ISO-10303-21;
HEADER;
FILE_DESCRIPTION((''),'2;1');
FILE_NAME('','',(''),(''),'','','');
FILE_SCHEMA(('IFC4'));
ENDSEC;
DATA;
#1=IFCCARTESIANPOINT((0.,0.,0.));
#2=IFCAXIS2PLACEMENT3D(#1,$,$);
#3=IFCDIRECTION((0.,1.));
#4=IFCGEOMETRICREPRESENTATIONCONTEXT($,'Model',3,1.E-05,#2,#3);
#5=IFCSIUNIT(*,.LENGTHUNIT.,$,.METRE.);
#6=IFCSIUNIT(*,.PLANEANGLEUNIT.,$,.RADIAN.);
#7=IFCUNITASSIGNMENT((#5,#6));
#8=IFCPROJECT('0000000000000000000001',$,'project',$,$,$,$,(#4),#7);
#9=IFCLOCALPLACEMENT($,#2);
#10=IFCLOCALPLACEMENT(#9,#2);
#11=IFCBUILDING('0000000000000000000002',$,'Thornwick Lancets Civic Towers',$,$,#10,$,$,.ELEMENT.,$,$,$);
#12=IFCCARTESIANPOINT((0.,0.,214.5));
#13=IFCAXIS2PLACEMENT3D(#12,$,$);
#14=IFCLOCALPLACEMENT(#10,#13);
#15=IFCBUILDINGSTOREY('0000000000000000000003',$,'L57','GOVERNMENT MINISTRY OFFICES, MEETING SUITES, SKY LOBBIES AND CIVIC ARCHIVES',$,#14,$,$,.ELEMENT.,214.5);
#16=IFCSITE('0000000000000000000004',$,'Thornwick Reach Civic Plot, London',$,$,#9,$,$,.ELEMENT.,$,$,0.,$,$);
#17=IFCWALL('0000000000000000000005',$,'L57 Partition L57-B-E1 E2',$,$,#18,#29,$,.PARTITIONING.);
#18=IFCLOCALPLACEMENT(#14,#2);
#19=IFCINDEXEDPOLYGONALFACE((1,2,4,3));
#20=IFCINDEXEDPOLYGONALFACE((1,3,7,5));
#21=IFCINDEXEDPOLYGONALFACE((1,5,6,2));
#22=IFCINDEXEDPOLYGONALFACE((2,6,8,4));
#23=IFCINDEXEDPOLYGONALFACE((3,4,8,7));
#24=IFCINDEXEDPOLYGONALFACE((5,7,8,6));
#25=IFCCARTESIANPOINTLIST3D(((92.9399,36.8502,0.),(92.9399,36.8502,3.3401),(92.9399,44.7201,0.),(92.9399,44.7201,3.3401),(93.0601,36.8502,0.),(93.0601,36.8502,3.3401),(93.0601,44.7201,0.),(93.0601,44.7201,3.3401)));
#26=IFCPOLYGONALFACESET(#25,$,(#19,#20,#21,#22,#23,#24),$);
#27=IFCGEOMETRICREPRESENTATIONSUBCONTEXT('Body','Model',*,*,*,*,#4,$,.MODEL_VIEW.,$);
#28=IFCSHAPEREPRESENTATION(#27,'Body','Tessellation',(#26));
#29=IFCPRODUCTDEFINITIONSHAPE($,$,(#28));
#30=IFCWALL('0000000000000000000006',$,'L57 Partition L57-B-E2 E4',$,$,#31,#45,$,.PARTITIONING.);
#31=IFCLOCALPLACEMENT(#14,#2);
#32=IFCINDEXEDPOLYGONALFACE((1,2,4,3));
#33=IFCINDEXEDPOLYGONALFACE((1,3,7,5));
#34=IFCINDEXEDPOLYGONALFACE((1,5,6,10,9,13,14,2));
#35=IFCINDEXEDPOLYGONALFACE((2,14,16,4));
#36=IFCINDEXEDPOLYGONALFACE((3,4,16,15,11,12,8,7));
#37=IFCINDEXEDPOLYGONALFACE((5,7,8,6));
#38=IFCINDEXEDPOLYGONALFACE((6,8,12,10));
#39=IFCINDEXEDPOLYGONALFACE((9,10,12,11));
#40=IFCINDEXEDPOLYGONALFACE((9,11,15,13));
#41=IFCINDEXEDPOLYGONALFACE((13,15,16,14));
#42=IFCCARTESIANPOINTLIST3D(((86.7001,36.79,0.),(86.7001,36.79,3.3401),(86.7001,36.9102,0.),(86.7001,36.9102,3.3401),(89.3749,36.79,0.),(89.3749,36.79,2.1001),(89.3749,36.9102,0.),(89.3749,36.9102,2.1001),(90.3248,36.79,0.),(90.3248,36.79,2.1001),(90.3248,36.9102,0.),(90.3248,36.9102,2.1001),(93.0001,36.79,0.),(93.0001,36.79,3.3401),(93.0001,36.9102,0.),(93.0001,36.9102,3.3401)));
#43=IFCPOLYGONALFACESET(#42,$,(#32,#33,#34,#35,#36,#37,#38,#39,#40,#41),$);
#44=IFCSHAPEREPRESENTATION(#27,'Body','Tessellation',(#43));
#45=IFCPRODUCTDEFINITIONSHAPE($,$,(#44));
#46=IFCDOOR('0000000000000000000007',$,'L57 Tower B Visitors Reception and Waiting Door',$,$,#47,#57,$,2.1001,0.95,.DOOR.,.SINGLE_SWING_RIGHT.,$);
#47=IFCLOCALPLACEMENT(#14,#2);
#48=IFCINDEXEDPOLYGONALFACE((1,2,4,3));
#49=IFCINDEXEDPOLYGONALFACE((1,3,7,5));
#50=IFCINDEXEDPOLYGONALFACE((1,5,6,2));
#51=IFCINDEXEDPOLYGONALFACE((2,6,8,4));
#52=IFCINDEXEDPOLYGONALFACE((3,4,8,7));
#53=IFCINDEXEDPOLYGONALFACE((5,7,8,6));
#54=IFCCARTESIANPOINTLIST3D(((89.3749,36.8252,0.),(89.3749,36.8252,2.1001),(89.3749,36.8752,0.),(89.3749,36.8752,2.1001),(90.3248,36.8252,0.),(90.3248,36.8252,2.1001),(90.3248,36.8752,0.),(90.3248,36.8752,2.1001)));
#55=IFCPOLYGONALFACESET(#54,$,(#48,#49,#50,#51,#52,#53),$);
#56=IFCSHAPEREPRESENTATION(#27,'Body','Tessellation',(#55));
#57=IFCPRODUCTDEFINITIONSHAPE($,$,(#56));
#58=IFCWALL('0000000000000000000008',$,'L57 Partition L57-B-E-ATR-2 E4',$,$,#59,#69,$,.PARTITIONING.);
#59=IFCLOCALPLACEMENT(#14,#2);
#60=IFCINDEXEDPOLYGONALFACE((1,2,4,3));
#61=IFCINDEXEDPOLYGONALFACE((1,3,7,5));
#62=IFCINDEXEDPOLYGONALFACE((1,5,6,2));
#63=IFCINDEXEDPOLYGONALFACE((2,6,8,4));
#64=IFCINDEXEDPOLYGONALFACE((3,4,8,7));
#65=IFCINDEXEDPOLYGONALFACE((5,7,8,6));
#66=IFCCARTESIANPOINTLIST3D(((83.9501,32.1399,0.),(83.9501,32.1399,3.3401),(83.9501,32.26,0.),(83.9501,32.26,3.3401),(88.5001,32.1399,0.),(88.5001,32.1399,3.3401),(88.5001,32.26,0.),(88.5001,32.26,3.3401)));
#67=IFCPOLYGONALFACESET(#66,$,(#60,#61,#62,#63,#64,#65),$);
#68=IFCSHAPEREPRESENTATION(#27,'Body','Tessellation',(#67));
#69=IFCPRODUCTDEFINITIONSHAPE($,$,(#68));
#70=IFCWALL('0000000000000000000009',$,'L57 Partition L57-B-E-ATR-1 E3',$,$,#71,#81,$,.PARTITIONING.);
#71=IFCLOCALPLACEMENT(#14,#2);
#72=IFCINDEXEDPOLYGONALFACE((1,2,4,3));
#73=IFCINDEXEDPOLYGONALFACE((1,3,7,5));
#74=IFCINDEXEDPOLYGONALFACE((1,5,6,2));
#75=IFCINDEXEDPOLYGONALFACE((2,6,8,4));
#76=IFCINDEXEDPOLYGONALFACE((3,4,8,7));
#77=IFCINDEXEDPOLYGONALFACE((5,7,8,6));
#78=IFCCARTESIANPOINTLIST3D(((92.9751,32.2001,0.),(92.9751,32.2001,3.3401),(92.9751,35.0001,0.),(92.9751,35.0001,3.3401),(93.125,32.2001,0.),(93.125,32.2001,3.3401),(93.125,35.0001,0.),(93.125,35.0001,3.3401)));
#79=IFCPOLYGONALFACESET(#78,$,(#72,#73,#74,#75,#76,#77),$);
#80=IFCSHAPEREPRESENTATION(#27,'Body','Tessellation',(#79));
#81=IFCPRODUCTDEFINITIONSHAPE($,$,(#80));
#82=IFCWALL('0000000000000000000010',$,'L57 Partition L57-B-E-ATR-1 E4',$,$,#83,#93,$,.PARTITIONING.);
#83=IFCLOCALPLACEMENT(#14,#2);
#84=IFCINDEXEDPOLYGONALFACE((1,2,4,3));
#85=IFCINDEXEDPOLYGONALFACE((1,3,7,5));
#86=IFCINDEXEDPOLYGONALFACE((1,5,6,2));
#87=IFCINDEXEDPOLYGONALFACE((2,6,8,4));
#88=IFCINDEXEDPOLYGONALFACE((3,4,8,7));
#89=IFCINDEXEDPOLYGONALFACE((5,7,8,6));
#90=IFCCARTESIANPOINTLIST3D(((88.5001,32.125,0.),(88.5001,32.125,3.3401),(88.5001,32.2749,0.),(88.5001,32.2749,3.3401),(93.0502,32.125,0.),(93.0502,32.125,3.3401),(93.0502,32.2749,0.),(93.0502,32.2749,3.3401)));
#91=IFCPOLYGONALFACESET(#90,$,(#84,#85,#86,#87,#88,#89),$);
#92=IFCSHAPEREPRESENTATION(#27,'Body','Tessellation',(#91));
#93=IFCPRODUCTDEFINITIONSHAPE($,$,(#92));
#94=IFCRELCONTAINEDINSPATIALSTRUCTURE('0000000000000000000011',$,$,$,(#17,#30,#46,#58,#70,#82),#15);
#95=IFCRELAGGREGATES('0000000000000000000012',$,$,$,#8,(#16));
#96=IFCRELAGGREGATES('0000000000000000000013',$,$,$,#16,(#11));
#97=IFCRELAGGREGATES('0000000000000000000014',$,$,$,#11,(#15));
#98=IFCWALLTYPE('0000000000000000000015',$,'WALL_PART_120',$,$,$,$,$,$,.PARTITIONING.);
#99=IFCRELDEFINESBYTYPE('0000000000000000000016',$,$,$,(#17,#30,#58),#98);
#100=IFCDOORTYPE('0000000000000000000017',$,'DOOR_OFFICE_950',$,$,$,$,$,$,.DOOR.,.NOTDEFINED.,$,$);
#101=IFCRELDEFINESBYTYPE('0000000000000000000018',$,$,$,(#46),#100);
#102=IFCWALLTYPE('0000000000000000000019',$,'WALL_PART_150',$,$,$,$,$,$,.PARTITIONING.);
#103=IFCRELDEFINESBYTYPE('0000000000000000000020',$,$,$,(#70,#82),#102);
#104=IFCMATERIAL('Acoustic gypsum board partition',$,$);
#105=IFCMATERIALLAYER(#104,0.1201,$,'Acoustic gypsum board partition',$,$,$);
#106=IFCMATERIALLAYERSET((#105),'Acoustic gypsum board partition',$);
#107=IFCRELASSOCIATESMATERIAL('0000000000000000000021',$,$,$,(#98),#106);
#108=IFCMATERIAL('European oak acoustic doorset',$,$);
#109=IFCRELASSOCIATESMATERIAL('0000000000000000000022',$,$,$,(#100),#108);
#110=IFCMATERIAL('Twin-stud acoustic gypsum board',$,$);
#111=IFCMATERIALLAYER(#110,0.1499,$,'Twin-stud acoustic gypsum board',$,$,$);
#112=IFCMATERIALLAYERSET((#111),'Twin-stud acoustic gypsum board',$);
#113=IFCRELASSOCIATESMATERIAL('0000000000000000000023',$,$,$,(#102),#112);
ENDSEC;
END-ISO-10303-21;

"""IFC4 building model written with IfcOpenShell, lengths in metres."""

from ifc_helpers import new_model, si_unit, direction, frame, frame_2d, origin, place, context, subcontext, project, spatial, rectangle, extrude, material, layer, layer_set, type_object, element, fill, save


model = new_model("IFC4")

# Units and contexts
model_context = context("Model", 3, precision=1e-05, world=origin(), true_north=direction((0.0, 1.0)))
body_context = subcontext(model_context, "Body", "Model", "MODEL_VIEW")
ifc_project = project(units=[si_unit("LENGTHUNIT", "METRE"), si_unit("PLANEANGLEUNIT", "RADIAN")], contexts=[model_context])

# Site, building, storey
site_placement = place(None, origin())
site = spatial("IfcSite", under=ifc_project, at=site_placement, Name="Thornwick Reach Civic Plot, London", CompositionType="ELEMENT", RefElevation=0.0)
building_placement = place(site_placement, origin())
building = spatial("IfcBuilding", under=site, at=building_placement, Name="Thornwick Lancets Civic Towers", CompositionType="ELEMENT")
storey_placement = place(building_placement, frame((0.0, 0.0, 214.5)))
storey = spatial("IfcBuildingStorey", under=building, at=storey_placement, Name="L57", Description="GOVERNMENT MINISTRY OFFICES, MEETING SUITES, SKY LOBBIES AND CIVIC ARCHIVES", CompositionType="ELEMENT", Elevation=214.5)

# Shared definitions
ifc_material_1 = material(Name="Acoustic gypsum board partition")
ifc_layer_1 = layer(ifc_material_1, 0.1201, Name="Acoustic gypsum board partition")
ifc_layer_set_1 = layer_set([ifc_layer_1], Name="Acoustic gypsum board partition")
wall_type_1 = type_object("IfcWallType", Name="WALL_PART_120", PredefinedType="PARTITIONING", material=ifc_layer_set_1)

# Shared definitions
ifc_material_2 = material(Name="European oak acoustic doorset")
door_type_1 = type_object("IfcDoorType", Name="DOOR_OFFICE_950", OperationType="NOTDEFINED", PredefinedType="DOOR", material=ifc_material_2)

# Wall
wall_1_placement = place(storey_placement, frame((93.0, 36.8501, 0.0), z_axis=(0.0, 0.0, 1.0), x_axis=(0.0, 1.0, 0.0)))
element("IfcWall", 1, at=wall_1_placement, inside=storey, type_object=wall_type_1, Name="L57 Partition L57-B-E1 E2", PredefinedType="PARTITIONING", context=body_context, shape_type="SweptSolid", body=[
    extrude(rectangle(XDim=7.8699, YDim=0.1201, at=frame_2d((3.9351, 0.0))), origin(), (0.0, 0.0, 1.0), 3.3401),
])

# Wall, opening, door
wall_2_placement = place(storey_placement, frame((93.0, 36.8501, 0.0), z_axis=(0.0, 0.0, 1.0), x_axis=(-1.0, 0.0, 0.0)))
wall_2 = element("IfcWall", 2, at=wall_2_placement, inside=storey, type_object=wall_type_1, Name="L57 Partition L57-B-E2 E4", PredefinedType="PARTITIONING", context=body_context, shape_type="SweptSolid", body=[
    extrude(rectangle(XDim=6.3, YDim=0.1201, at=frame_2d((3.1499, 0.0))), origin(), (0.0, 0.0, 1.0), 3.3401),
])
opening_1_placement = place(wall_2_placement, frame((2.675, 0.0, 0.0)))
opening_1 = element("IfcOpeningElement", 3, at=opening_1_placement, cuts=wall_2, PredefinedType="OPENING", context=body_context, shape_type="SweptSolid", body=[
    extrude(rectangle(XDim=0.95, YDim=2.1001, at=frame_2d((0.4751, 1.05))), frame((0.0, 0.0701, 0.0), z_axis=(0.0, -1.0, 0.0), x_axis=(1.0, 0.0, 0.0)), (0.0, 0.0, 1.0), 0.1401),
])
door_1_placement = place(opening_1_placement, origin())
door_1 = element("IfcDoor", 4, at=door_1_placement, inside=storey, type_object=door_type_1, Name="L57 Tower B Visitors Reception and Waiting Door", OperationType="SINGLE_SWING_RIGHT", OverallHeight=2.1001, OverallWidth=0.95, PredefinedType="DOOR", context=body_context, shape_type="SweptSolid", body=[
    extrude(rectangle(XDim=0.95, YDim=2.1001, at=frame_2d((0.4751, 1.05))), frame((0.0, 0.0249, 0.0), z_axis=(0.0, -1.0, 0.0), x_axis=(1.0, 0.0, 0.0)), (0.0, 0.0, 1.0), 0.05),
])
fill(opening_1, door_1)

# Wall
wall_3_placement = place(storey_placement, frame((88.5, 32.2, 0.0), z_axis=(0.0, 0.0, 1.0), x_axis=(-1.0, 0.0, 0.0)))
element("IfcWall", 5, at=wall_3_placement, inside=storey, type_object=wall_type_1, Name="L57 Partition L57-B-E-ATR-2 E4", PredefinedType="PARTITIONING", context=body_context, shape_type="SweptSolid", body=[
    extrude(rectangle(XDim=4.55, YDim=0.1201, at=frame_2d((2.2749, 0.0))), origin(), (0.0, 0.0, 1.0), 3.3401),
])

# Shared definitions
ifc_material_3 = material(Name="Twin-stud acoustic gypsum board")
ifc_layer_2 = layer(ifc_material_3, 0.1499, Name="Twin-stud acoustic gypsum board")
ifc_layer_set_2 = layer_set([ifc_layer_2], Name="Twin-stud acoustic gypsum board")
wall_type_2 = type_object("IfcWallType", Name="WALL_PART_150", PredefinedType="PARTITIONING", material=ifc_layer_set_2)

# Walls
wall_4_placement = place(storey_placement, frame((93.05, 35.0, 0.0), z_axis=(0.0, 0.0, 1.0), x_axis=(0.0, -1.0, 0.0)))
element("IfcWall", 6, at=wall_4_placement, inside=storey, type_object=wall_type_2, Name="L57 Partition L57-B-E-ATR-1 E3", PredefinedType="PARTITIONING", context=body_context, shape_type="SweptSolid", body=[
    extrude(rectangle(XDim=2.8, YDim=0.1499, at=frame_2d((1.3999, 0.0))), origin(), (0.0, 0.0, 1.0), 3.3401),
])
wall_5_placement = place(storey_placement, frame((93.05, 32.2, 0.0), z_axis=(0.0, 0.0, 1.0), x_axis=(-1.0, 0.0, 0.0)))
element("IfcWall", 7, at=wall_5_placement, inside=storey, type_object=wall_type_2, Name="L57 Partition L57-B-E-ATR-1 E4", PredefinedType="PARTITIONING", context=body_context, shape_type="SweptSolid", body=[
    extrude(rectangle(XDim=4.55, YDim=0.1499, at=frame_2d((2.2749, 0.0))), origin(), (0.0, 0.0, 1.0), 3.3401),
])

save(model, "model.ifc")
